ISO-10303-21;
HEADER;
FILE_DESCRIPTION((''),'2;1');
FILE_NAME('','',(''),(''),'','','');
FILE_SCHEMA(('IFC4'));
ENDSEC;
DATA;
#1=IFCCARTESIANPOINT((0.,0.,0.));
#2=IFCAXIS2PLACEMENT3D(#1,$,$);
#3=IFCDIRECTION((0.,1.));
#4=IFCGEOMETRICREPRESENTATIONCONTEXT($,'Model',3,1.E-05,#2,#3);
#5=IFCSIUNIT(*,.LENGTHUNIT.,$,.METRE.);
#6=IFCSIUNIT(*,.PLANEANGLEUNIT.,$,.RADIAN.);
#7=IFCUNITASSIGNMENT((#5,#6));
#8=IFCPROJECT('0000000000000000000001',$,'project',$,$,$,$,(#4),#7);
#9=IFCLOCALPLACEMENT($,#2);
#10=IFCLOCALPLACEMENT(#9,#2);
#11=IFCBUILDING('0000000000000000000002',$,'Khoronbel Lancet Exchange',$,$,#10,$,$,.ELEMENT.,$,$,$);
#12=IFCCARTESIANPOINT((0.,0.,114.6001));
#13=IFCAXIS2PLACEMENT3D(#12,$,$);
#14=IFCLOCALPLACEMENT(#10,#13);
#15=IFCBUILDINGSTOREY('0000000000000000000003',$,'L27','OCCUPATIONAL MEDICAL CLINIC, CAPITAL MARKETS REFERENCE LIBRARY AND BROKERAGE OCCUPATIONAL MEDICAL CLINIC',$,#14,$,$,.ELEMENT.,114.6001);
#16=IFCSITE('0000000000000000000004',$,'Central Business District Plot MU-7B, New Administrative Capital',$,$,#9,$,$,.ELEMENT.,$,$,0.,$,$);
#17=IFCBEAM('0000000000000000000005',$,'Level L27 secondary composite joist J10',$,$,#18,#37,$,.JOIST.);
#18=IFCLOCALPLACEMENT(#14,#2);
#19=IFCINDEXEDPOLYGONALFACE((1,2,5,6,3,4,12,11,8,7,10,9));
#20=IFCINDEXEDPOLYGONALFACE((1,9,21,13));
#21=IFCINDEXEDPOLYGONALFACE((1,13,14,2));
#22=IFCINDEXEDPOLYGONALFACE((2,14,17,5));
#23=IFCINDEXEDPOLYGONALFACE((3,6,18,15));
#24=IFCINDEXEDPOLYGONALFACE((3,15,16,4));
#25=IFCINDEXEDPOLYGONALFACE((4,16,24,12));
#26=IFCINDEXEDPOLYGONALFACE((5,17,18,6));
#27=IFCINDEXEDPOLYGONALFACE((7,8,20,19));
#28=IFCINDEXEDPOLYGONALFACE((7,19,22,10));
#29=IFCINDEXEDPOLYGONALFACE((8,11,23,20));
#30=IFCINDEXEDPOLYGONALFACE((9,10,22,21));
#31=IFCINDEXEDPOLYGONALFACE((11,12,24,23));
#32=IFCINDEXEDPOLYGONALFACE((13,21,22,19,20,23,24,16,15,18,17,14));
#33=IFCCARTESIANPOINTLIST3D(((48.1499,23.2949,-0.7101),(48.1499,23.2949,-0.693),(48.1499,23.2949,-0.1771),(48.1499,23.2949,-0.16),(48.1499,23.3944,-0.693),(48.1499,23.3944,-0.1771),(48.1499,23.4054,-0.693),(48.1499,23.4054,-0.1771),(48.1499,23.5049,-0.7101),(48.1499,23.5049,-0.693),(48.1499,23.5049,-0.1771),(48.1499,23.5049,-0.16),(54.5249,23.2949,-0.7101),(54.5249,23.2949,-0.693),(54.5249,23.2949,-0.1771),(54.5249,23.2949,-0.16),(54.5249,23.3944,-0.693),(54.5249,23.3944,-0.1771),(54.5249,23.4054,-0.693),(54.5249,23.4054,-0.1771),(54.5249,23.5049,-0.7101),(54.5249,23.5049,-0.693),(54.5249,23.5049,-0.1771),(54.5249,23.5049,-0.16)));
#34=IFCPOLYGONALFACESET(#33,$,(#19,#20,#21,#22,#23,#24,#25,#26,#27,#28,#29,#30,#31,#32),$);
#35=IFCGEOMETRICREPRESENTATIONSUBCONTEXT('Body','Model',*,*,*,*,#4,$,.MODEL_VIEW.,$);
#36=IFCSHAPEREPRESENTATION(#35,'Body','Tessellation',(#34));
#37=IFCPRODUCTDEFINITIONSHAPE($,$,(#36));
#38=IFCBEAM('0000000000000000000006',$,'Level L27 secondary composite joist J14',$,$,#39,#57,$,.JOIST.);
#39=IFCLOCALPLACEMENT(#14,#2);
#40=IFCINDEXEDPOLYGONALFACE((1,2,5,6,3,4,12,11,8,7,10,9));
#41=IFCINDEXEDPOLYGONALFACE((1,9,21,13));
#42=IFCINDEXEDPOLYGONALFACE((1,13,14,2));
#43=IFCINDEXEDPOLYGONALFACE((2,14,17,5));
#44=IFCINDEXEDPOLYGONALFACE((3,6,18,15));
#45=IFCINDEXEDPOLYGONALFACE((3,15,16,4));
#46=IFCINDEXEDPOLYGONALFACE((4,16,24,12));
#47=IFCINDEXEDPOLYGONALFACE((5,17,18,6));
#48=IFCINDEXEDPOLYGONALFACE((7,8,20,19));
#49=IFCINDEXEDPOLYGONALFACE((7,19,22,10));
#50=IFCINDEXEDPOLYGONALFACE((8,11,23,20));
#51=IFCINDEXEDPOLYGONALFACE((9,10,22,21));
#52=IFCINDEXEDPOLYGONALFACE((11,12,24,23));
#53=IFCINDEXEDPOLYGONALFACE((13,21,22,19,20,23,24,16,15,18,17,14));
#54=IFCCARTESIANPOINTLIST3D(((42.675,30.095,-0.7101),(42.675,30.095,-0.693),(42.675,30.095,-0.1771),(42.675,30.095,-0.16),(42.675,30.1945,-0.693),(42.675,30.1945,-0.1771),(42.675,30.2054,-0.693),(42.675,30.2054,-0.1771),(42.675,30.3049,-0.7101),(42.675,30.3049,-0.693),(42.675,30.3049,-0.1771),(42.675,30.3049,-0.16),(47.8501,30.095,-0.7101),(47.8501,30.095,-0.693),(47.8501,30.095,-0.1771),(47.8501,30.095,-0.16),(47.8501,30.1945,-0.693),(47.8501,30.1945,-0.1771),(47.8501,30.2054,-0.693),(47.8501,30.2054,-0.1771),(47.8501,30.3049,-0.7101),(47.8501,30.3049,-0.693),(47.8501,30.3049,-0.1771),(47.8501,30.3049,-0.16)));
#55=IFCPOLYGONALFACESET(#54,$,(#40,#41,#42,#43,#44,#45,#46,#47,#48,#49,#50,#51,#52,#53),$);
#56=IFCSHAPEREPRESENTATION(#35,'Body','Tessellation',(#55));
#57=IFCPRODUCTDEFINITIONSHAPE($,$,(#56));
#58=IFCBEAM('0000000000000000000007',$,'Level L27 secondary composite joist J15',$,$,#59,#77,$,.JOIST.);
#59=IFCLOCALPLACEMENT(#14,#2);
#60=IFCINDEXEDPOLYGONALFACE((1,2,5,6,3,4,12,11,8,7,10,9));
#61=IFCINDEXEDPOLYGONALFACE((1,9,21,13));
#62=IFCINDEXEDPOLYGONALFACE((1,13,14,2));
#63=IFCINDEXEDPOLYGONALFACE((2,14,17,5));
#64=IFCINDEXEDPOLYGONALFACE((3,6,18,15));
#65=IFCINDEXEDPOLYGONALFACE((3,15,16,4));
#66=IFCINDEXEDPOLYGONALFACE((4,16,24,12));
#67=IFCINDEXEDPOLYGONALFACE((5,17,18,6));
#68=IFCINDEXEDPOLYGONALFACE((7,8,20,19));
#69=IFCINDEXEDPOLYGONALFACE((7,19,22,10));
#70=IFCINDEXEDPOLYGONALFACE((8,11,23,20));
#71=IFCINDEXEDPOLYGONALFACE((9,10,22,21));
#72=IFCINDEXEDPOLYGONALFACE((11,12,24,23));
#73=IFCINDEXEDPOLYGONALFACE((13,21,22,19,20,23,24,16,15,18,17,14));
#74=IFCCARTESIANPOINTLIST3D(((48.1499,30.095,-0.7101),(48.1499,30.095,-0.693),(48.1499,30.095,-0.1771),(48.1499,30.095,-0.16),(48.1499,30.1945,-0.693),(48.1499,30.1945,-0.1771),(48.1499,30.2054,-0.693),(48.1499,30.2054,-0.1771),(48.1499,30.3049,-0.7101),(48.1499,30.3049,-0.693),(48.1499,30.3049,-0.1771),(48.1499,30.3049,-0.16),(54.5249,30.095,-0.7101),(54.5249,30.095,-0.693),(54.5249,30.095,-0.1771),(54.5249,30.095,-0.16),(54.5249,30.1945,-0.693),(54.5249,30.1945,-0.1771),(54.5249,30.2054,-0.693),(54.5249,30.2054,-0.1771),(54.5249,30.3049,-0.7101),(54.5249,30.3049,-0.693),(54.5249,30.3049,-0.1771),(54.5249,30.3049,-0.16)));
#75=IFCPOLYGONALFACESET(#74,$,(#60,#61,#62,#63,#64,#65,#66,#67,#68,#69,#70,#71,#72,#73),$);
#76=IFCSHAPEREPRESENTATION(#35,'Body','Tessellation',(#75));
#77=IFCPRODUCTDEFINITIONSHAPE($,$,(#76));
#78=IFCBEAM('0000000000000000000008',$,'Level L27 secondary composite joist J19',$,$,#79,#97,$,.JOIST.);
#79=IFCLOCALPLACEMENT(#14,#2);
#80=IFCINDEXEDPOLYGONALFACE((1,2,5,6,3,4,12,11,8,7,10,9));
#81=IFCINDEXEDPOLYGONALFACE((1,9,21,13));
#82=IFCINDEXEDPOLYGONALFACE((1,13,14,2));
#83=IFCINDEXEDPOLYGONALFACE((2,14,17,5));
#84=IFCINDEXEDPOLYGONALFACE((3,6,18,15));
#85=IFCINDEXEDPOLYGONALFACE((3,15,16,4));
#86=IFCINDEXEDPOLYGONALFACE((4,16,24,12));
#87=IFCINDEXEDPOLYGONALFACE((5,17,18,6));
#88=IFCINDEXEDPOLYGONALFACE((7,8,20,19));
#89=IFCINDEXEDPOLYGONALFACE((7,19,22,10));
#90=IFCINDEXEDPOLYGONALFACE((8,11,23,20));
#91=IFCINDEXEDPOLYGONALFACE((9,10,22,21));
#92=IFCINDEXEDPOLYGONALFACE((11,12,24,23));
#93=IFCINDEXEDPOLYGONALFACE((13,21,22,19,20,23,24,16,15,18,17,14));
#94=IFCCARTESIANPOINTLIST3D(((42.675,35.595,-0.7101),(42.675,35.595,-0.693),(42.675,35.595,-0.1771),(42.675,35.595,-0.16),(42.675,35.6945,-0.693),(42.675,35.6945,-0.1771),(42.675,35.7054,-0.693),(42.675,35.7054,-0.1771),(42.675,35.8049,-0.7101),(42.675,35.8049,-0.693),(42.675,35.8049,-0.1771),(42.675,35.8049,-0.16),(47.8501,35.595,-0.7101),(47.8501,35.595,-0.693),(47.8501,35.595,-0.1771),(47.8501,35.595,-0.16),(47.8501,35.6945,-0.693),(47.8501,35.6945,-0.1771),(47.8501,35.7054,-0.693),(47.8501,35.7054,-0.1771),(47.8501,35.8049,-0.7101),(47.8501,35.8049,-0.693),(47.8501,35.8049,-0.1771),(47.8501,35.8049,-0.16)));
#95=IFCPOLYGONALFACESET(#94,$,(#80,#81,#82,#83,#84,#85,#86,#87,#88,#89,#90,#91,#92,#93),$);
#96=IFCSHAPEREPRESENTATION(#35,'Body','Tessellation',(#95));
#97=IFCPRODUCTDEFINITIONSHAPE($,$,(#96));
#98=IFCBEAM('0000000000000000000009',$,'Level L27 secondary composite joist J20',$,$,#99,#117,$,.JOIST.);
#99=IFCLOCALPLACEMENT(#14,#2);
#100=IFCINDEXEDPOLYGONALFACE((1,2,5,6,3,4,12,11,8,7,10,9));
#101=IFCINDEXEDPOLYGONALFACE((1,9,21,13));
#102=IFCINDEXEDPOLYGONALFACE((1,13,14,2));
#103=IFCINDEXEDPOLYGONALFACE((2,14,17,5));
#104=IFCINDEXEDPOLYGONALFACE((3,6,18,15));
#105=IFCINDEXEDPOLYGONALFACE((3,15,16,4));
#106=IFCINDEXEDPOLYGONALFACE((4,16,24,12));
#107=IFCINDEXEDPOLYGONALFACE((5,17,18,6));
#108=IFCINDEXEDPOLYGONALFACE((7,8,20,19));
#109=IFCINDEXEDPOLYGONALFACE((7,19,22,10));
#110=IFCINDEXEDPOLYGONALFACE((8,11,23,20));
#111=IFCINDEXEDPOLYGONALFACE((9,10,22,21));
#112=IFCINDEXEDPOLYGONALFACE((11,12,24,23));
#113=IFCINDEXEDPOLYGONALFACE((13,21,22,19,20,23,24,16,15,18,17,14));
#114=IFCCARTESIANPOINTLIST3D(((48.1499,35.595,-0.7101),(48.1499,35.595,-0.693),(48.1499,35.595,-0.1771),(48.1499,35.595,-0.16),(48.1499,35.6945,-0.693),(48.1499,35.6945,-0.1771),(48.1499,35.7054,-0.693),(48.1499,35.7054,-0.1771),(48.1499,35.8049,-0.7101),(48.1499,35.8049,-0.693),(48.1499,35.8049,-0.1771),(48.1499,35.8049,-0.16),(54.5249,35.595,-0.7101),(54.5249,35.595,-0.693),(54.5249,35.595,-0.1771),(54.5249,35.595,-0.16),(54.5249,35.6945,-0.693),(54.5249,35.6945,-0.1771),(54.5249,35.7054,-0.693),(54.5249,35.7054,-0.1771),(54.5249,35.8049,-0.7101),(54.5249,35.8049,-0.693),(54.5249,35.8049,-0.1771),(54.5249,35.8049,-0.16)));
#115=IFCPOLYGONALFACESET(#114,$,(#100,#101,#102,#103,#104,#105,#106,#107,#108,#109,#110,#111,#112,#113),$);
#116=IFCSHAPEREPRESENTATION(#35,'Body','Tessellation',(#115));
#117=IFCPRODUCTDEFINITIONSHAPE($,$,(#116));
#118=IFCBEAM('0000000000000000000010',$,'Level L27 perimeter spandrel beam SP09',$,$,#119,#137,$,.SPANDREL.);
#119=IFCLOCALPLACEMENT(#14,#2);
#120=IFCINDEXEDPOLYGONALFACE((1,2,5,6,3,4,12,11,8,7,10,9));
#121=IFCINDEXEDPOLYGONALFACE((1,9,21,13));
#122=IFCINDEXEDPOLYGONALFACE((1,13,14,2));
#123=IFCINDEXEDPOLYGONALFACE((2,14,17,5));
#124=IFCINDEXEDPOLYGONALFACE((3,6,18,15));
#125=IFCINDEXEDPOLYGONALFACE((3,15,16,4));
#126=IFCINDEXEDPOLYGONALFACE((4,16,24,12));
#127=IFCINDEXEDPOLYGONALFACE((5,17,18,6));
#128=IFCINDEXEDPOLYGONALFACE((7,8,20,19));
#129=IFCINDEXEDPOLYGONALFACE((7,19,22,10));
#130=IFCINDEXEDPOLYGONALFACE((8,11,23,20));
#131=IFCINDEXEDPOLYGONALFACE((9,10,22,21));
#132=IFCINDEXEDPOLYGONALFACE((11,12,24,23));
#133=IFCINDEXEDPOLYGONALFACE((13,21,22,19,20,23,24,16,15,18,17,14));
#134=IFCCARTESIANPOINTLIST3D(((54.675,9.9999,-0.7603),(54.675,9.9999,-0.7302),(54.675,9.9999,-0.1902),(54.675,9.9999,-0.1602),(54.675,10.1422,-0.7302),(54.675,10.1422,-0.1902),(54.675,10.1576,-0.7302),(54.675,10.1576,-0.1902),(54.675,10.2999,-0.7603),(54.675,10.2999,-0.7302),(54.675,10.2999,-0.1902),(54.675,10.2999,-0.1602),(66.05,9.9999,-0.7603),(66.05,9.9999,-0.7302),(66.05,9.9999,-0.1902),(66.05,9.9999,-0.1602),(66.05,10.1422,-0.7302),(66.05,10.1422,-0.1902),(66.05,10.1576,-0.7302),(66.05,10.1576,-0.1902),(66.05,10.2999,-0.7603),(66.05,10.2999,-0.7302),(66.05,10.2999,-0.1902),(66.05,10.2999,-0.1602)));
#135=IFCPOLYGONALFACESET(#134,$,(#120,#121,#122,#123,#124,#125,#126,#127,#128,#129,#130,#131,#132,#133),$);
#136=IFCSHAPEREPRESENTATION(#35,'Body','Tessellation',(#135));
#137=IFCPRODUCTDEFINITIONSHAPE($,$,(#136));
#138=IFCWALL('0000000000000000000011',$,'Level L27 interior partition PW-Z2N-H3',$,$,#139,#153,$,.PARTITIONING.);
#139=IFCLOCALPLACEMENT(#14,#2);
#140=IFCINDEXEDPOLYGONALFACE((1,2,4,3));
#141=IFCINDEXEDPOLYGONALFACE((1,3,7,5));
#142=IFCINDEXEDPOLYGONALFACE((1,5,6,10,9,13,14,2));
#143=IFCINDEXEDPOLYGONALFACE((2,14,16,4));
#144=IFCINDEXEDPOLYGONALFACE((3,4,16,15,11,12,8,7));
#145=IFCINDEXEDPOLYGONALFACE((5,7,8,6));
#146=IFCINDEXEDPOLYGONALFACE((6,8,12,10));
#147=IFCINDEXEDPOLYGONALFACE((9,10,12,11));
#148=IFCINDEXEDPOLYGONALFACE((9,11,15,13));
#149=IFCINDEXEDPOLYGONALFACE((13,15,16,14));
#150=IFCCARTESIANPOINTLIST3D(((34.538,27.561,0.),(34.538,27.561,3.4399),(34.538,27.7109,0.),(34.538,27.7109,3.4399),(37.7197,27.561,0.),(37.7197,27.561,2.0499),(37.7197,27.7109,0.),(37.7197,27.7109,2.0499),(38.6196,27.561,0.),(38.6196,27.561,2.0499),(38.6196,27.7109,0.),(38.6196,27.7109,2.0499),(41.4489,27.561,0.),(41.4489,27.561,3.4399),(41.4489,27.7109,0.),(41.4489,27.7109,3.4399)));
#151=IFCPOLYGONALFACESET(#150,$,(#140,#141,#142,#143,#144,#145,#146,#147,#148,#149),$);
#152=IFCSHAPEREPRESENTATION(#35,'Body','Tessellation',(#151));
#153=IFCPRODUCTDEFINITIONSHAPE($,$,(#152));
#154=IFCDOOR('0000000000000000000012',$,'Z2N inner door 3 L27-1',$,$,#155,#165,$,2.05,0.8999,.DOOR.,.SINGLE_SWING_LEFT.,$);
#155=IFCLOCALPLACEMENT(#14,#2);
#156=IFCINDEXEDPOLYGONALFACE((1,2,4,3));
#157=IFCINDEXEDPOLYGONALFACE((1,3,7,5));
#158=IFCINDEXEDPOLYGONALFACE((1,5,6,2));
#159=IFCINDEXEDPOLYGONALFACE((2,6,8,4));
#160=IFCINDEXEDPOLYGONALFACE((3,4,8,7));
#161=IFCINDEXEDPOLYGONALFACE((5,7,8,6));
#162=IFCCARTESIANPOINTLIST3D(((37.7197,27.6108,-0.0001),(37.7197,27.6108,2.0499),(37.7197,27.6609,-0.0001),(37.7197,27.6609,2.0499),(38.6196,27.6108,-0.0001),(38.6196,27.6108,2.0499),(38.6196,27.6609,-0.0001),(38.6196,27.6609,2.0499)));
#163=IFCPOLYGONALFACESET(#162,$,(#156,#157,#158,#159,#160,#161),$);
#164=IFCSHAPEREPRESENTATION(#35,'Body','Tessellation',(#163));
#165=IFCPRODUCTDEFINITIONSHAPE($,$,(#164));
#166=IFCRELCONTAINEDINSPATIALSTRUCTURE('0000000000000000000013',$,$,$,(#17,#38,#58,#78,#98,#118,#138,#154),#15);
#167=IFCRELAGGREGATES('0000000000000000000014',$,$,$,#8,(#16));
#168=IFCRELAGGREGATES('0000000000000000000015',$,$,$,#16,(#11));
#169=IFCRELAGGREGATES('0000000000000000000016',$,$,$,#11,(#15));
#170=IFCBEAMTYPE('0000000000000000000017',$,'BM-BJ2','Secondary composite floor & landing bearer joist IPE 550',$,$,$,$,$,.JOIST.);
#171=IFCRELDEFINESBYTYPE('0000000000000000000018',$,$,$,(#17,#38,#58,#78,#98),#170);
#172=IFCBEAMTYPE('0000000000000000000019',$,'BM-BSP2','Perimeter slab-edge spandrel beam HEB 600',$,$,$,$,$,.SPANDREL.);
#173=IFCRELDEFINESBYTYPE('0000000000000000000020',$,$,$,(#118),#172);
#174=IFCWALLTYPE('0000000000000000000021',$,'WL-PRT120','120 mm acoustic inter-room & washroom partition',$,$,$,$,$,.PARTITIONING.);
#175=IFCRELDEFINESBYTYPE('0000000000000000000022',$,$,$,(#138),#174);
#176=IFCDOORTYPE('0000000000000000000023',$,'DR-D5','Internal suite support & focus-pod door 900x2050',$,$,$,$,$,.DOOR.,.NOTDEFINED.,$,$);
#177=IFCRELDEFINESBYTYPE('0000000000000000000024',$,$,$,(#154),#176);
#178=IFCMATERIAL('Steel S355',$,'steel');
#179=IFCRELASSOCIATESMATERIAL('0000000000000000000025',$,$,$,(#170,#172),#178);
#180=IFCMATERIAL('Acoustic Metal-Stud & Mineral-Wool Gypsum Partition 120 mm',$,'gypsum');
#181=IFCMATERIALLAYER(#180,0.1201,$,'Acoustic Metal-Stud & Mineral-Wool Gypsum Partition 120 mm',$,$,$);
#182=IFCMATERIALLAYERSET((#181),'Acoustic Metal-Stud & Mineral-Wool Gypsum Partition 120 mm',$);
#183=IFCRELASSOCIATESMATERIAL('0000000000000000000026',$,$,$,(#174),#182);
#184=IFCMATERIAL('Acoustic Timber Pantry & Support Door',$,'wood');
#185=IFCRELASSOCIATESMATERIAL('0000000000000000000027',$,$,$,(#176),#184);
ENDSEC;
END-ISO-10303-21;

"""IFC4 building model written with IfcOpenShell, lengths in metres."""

from ifc_helpers import new_model, si_unit, direction, frame, frame_2d, origin, origin_2d, place, context, subcontext, project, spatial, rectangle, i_section, extrude, material, layer, layer_set, material_profile, profile_set, type_object, element, fill, save


model = new_model("IFC4")

# Units and contexts
model_context = context("Model", 3, precision=1e-05, world=origin(), true_north=direction((0.0, 1.0)))
body_context = subcontext(model_context, "Body", "Model", "MODEL_VIEW")
ifc_project = project(units=[si_unit("LENGTHUNIT", "METRE"), si_unit("PLANEANGLEUNIT", "RADIAN")], contexts=[model_context])

# Site, building, storey
site_placement = place(None, origin())
site = spatial("IfcSite", under=ifc_project, at=site_placement, Name="Central Business District Plot MU-7B, New Administrative Capital", CompositionType="ELEMENT", RefElevation=0.0)
building_placement = place(site_placement, origin())
building = spatial("IfcBuilding", under=site, at=building_placement, Name="Khoronbel Lancet Exchange", CompositionType="ELEMENT")
storey_placement = place(building_placement, frame((0.0, 0.0, 114.6001)))
storey = spatial("IfcBuildingStorey", under=building, at=storey_placement, Name="L27", Description="OCCUPATIONAL MEDICAL CLINIC, CAPITAL MARKETS REFERENCE LIBRARY AND BROKERAGE OCCUPATIONAL MEDICAL CLINIC", CompositionType="ELEMENT", Elevation=114.6001)

# Beams
ifc_material_1 = material(Name="Steel S355", Category="steel")
ifc_material_profile_1 = material_profile(ifc_material_1, i_section(OverallWidth=0.21, OverallDepth=0.55, WebThickness=0.011, FlangeThickness=0.0171, at=origin_2d()), Name="IPE 550")
ifc_profile_set_1 = profile_set([ifc_material_profile_1], Name="Steel S355")
beam_type_1 = type_object("IfcBeamType", Name="BM-BJ2", Description="Secondary composite floor & landing bearer joist IPE 550", PredefinedType="JOIST", material=ifc_profile_set_1)
beam_1_placement = place(storey_placement, frame((48.1499, 23.3999, -0.4351), z_axis=(1.0, 0.0, 0.0), x_axis=(0.0, 1.0, 0.0)))
element("IfcBeam", 1, at=beam_1_placement, inside=storey, type_object=beam_type_1, Name="Level L27 secondary composite joist J10", PredefinedType="JOIST", context=body_context, shape_type="SweptSolid", body=[
    extrude(i_section(OverallWidth=0.21, OverallDepth=0.55, WebThickness=0.011, FlangeThickness=0.0171, at=origin_2d()), origin(), (0.0, 0.0, 1.0), 6.375),
])
beam_2_placement = place(storey_placement, frame((42.675, 30.2, -0.4351), z_axis=(1.0, 0.0, 0.0), x_axis=(0.0, 1.0, 0.0)))
element("IfcBeam", 2, at=beam_2_placement, inside=storey, type_object=beam_type_1, Name="Level L27 secondary composite joist J14", PredefinedType="JOIST", context=body_context, shape_type="SweptSolid", body=[
    extrude(i_section(OverallWidth=0.21, OverallDepth=0.55, WebThickness=0.011, FlangeThickness=0.0171, at=origin_2d()), origin(), (0.0, 0.0, 1.0), 5.175),
])
beam_3_placement = place(storey_placement, frame((48.1499, 30.2, -0.4351), z_axis=(1.0, 0.0, 0.0), x_axis=(0.0, 1.0, 0.0)))
element("IfcBeam", 3, at=beam_3_placement, inside=storey, type_object=beam_type_1, Name="Level L27 secondary composite joist J15", PredefinedType="JOIST", context=body_context, shape_type="SweptSolid", body=[
    extrude(i_section(OverallWidth=0.21, OverallDepth=0.55, WebThickness=0.011, FlangeThickness=0.0171, at=origin_2d()), origin(), (0.0, 0.0, 1.0), 6.375),
])
beam_4_placement = place(storey_placement, frame((42.675, 35.7, -0.4351), z_axis=(1.0, 0.0, 0.0), x_axis=(0.0, 1.0, 0.0)))
element("IfcBeam", 4, at=beam_4_placement, inside=storey, type_object=beam_type_1, Name="Level L27 secondary composite joist J19", PredefinedType="JOIST", context=body_context, shape_type="SweptSolid", body=[
    extrude(i_section(OverallWidth=0.21, OverallDepth=0.55, WebThickness=0.011, FlangeThickness=0.0171, at=origin_2d()), origin(), (0.0, 0.0, 1.0), 5.175),
])
beam_5_placement = place(storey_placement, frame((48.1499, 35.7, -0.4351), z_axis=(1.0, 0.0, 0.0), x_axis=(0.0, 1.0, 0.0)))
element("IfcBeam", 5, at=beam_5_placement, inside=storey, type_object=beam_type_1, Name="Level L27 secondary composite joist J20", PredefinedType="JOIST", context=body_context, shape_type="SweptSolid", body=[
    extrude(i_section(OverallWidth=0.21, OverallDepth=0.55, WebThickness=0.011, FlangeThickness=0.0171, at=origin_2d()), origin(), (0.0, 0.0, 1.0), 6.375),
])
ifc_material_profile_2 = material_profile(ifc_material_1, i_section(OverallWidth=0.3, OverallDepth=0.6001, WebThickness=0.0154, FlangeThickness=0.03, at=origin_2d()), Name="HEB 600")
ifc_profile_set_2 = profile_set([ifc_material_profile_2], Name="Steel S355")
beam_type_2 = type_object("IfcBeamType", Name="BM-BSP2", Description="Perimeter slab-edge spandrel beam HEB 600", PredefinedType="SPANDREL", material=ifc_profile_set_2)
beam_6_placement = place(storey_placement, frame((54.675, 10.1499, -0.4602), z_axis=(1.0, 0.0, 0.0), x_axis=(0.0, 1.0, 0.0)))
element("IfcBeam", 6, at=beam_6_placement, inside=storey, type_object=beam_type_2, Name="Level L27 perimeter spandrel beam SP09", PredefinedType="SPANDREL", context=body_context, shape_type="SweptSolid", body=[
    extrude(i_section(OverallWidth=0.3, OverallDepth=0.6001, WebThickness=0.0154, FlangeThickness=0.03, at=origin_2d()), origin(), (0.0, 0.0, 1.0), 11.375),
])

# Wall, opening, door
ifc_material_2 = material(Name="Acoustic Metal-Stud & Mineral-Wool Gypsum Partition 120 mm", Category="gypsum")
ifc_layer_1 = layer(ifc_material_2, 0.1201, Name="Acoustic Metal-Stud & Mineral-Wool Gypsum Partition 120 mm")
ifc_layer_set_1 = layer_set([ifc_layer_1], Name="Acoustic Metal-Stud & Mineral-Wool Gypsum Partition 120 mm")
wall_type_1 = type_object("IfcWallType", Name="WL-PRT120", Description="120 mm acoustic inter-room & washroom partition", PredefinedType="PARTITIONING", material=ifc_layer_set_1)
wall_1_placement = place(storey_placement, frame((34.5378, 27.636, 0.0), z_axis=(0.0, 0.0, 1.0), x_axis=(1.0, 0.0, 0.0)))
wall_1 = element("IfcWall", 7, at=wall_1_placement, inside=storey, type_object=wall_type_1, Name="Level L27 interior partition PW-Z2N-H3", PredefinedType="PARTITIONING", context=body_context, shape_type="SweptSolid", body=[
    extrude(rectangle(XDim=6.9109, YDim=0.1499, at=frame_2d((3.4556, 0.0))), origin(), (0.0, 0.0, 1.0), 3.4399),
])
opening_1_placement = place(wall_1_placement, frame((3.1819, 0.0, 0.0)))
opening_1 = element("IfcOpeningElement", 8, at=opening_1_placement, cuts=wall_1, PredefinedType="OPENING", context=body_context, shape_type="SweptSolid", body=[
    extrude(rectangle(XDim=0.8999, YDim=2.05, at=frame_2d((0.45, 1.0249))), frame((0.0, 0.085, 0.0), z_axis=(0.0, -1.0, 0.0), x_axis=(1.0, 0.0, 0.0)), (0.0, 0.0, 1.0), 0.1699),
])
ifc_material_3 = material(Name="Acoustic Timber Pantry & Support Door", Category="wood")
door_type_1 = type_object("IfcDoorType", Name="DR-D5", Description="Internal suite support & focus-pod door 900x2050", OperationType="NOTDEFINED", PredefinedType="DOOR", material=ifc_material_3)
door_1_placement = place(opening_1_placement, origin())
door_1 = element("IfcDoor", 9, at=door_1_placement, inside=storey, type_object=door_type_1, Name="Z2N inner door 3 L27-1", OperationType="SINGLE_SWING_LEFT", OverallHeight=2.05, OverallWidth=0.8999, PredefinedType="DOOR", context=body_context, shape_type="SweptSolid", body=[
    extrude(rectangle(XDim=0.8999, YDim=2.05, at=frame_2d((0.45, 1.0249))), frame((0.0, 0.0249, 0.0), z_axis=(0.0, -1.0, 0.0), x_axis=(1.0, 0.0, 0.0)), (0.0, 0.0, 1.0), 0.05),
])
fill(opening_1, door_1)

save(model, "model.ifc")
